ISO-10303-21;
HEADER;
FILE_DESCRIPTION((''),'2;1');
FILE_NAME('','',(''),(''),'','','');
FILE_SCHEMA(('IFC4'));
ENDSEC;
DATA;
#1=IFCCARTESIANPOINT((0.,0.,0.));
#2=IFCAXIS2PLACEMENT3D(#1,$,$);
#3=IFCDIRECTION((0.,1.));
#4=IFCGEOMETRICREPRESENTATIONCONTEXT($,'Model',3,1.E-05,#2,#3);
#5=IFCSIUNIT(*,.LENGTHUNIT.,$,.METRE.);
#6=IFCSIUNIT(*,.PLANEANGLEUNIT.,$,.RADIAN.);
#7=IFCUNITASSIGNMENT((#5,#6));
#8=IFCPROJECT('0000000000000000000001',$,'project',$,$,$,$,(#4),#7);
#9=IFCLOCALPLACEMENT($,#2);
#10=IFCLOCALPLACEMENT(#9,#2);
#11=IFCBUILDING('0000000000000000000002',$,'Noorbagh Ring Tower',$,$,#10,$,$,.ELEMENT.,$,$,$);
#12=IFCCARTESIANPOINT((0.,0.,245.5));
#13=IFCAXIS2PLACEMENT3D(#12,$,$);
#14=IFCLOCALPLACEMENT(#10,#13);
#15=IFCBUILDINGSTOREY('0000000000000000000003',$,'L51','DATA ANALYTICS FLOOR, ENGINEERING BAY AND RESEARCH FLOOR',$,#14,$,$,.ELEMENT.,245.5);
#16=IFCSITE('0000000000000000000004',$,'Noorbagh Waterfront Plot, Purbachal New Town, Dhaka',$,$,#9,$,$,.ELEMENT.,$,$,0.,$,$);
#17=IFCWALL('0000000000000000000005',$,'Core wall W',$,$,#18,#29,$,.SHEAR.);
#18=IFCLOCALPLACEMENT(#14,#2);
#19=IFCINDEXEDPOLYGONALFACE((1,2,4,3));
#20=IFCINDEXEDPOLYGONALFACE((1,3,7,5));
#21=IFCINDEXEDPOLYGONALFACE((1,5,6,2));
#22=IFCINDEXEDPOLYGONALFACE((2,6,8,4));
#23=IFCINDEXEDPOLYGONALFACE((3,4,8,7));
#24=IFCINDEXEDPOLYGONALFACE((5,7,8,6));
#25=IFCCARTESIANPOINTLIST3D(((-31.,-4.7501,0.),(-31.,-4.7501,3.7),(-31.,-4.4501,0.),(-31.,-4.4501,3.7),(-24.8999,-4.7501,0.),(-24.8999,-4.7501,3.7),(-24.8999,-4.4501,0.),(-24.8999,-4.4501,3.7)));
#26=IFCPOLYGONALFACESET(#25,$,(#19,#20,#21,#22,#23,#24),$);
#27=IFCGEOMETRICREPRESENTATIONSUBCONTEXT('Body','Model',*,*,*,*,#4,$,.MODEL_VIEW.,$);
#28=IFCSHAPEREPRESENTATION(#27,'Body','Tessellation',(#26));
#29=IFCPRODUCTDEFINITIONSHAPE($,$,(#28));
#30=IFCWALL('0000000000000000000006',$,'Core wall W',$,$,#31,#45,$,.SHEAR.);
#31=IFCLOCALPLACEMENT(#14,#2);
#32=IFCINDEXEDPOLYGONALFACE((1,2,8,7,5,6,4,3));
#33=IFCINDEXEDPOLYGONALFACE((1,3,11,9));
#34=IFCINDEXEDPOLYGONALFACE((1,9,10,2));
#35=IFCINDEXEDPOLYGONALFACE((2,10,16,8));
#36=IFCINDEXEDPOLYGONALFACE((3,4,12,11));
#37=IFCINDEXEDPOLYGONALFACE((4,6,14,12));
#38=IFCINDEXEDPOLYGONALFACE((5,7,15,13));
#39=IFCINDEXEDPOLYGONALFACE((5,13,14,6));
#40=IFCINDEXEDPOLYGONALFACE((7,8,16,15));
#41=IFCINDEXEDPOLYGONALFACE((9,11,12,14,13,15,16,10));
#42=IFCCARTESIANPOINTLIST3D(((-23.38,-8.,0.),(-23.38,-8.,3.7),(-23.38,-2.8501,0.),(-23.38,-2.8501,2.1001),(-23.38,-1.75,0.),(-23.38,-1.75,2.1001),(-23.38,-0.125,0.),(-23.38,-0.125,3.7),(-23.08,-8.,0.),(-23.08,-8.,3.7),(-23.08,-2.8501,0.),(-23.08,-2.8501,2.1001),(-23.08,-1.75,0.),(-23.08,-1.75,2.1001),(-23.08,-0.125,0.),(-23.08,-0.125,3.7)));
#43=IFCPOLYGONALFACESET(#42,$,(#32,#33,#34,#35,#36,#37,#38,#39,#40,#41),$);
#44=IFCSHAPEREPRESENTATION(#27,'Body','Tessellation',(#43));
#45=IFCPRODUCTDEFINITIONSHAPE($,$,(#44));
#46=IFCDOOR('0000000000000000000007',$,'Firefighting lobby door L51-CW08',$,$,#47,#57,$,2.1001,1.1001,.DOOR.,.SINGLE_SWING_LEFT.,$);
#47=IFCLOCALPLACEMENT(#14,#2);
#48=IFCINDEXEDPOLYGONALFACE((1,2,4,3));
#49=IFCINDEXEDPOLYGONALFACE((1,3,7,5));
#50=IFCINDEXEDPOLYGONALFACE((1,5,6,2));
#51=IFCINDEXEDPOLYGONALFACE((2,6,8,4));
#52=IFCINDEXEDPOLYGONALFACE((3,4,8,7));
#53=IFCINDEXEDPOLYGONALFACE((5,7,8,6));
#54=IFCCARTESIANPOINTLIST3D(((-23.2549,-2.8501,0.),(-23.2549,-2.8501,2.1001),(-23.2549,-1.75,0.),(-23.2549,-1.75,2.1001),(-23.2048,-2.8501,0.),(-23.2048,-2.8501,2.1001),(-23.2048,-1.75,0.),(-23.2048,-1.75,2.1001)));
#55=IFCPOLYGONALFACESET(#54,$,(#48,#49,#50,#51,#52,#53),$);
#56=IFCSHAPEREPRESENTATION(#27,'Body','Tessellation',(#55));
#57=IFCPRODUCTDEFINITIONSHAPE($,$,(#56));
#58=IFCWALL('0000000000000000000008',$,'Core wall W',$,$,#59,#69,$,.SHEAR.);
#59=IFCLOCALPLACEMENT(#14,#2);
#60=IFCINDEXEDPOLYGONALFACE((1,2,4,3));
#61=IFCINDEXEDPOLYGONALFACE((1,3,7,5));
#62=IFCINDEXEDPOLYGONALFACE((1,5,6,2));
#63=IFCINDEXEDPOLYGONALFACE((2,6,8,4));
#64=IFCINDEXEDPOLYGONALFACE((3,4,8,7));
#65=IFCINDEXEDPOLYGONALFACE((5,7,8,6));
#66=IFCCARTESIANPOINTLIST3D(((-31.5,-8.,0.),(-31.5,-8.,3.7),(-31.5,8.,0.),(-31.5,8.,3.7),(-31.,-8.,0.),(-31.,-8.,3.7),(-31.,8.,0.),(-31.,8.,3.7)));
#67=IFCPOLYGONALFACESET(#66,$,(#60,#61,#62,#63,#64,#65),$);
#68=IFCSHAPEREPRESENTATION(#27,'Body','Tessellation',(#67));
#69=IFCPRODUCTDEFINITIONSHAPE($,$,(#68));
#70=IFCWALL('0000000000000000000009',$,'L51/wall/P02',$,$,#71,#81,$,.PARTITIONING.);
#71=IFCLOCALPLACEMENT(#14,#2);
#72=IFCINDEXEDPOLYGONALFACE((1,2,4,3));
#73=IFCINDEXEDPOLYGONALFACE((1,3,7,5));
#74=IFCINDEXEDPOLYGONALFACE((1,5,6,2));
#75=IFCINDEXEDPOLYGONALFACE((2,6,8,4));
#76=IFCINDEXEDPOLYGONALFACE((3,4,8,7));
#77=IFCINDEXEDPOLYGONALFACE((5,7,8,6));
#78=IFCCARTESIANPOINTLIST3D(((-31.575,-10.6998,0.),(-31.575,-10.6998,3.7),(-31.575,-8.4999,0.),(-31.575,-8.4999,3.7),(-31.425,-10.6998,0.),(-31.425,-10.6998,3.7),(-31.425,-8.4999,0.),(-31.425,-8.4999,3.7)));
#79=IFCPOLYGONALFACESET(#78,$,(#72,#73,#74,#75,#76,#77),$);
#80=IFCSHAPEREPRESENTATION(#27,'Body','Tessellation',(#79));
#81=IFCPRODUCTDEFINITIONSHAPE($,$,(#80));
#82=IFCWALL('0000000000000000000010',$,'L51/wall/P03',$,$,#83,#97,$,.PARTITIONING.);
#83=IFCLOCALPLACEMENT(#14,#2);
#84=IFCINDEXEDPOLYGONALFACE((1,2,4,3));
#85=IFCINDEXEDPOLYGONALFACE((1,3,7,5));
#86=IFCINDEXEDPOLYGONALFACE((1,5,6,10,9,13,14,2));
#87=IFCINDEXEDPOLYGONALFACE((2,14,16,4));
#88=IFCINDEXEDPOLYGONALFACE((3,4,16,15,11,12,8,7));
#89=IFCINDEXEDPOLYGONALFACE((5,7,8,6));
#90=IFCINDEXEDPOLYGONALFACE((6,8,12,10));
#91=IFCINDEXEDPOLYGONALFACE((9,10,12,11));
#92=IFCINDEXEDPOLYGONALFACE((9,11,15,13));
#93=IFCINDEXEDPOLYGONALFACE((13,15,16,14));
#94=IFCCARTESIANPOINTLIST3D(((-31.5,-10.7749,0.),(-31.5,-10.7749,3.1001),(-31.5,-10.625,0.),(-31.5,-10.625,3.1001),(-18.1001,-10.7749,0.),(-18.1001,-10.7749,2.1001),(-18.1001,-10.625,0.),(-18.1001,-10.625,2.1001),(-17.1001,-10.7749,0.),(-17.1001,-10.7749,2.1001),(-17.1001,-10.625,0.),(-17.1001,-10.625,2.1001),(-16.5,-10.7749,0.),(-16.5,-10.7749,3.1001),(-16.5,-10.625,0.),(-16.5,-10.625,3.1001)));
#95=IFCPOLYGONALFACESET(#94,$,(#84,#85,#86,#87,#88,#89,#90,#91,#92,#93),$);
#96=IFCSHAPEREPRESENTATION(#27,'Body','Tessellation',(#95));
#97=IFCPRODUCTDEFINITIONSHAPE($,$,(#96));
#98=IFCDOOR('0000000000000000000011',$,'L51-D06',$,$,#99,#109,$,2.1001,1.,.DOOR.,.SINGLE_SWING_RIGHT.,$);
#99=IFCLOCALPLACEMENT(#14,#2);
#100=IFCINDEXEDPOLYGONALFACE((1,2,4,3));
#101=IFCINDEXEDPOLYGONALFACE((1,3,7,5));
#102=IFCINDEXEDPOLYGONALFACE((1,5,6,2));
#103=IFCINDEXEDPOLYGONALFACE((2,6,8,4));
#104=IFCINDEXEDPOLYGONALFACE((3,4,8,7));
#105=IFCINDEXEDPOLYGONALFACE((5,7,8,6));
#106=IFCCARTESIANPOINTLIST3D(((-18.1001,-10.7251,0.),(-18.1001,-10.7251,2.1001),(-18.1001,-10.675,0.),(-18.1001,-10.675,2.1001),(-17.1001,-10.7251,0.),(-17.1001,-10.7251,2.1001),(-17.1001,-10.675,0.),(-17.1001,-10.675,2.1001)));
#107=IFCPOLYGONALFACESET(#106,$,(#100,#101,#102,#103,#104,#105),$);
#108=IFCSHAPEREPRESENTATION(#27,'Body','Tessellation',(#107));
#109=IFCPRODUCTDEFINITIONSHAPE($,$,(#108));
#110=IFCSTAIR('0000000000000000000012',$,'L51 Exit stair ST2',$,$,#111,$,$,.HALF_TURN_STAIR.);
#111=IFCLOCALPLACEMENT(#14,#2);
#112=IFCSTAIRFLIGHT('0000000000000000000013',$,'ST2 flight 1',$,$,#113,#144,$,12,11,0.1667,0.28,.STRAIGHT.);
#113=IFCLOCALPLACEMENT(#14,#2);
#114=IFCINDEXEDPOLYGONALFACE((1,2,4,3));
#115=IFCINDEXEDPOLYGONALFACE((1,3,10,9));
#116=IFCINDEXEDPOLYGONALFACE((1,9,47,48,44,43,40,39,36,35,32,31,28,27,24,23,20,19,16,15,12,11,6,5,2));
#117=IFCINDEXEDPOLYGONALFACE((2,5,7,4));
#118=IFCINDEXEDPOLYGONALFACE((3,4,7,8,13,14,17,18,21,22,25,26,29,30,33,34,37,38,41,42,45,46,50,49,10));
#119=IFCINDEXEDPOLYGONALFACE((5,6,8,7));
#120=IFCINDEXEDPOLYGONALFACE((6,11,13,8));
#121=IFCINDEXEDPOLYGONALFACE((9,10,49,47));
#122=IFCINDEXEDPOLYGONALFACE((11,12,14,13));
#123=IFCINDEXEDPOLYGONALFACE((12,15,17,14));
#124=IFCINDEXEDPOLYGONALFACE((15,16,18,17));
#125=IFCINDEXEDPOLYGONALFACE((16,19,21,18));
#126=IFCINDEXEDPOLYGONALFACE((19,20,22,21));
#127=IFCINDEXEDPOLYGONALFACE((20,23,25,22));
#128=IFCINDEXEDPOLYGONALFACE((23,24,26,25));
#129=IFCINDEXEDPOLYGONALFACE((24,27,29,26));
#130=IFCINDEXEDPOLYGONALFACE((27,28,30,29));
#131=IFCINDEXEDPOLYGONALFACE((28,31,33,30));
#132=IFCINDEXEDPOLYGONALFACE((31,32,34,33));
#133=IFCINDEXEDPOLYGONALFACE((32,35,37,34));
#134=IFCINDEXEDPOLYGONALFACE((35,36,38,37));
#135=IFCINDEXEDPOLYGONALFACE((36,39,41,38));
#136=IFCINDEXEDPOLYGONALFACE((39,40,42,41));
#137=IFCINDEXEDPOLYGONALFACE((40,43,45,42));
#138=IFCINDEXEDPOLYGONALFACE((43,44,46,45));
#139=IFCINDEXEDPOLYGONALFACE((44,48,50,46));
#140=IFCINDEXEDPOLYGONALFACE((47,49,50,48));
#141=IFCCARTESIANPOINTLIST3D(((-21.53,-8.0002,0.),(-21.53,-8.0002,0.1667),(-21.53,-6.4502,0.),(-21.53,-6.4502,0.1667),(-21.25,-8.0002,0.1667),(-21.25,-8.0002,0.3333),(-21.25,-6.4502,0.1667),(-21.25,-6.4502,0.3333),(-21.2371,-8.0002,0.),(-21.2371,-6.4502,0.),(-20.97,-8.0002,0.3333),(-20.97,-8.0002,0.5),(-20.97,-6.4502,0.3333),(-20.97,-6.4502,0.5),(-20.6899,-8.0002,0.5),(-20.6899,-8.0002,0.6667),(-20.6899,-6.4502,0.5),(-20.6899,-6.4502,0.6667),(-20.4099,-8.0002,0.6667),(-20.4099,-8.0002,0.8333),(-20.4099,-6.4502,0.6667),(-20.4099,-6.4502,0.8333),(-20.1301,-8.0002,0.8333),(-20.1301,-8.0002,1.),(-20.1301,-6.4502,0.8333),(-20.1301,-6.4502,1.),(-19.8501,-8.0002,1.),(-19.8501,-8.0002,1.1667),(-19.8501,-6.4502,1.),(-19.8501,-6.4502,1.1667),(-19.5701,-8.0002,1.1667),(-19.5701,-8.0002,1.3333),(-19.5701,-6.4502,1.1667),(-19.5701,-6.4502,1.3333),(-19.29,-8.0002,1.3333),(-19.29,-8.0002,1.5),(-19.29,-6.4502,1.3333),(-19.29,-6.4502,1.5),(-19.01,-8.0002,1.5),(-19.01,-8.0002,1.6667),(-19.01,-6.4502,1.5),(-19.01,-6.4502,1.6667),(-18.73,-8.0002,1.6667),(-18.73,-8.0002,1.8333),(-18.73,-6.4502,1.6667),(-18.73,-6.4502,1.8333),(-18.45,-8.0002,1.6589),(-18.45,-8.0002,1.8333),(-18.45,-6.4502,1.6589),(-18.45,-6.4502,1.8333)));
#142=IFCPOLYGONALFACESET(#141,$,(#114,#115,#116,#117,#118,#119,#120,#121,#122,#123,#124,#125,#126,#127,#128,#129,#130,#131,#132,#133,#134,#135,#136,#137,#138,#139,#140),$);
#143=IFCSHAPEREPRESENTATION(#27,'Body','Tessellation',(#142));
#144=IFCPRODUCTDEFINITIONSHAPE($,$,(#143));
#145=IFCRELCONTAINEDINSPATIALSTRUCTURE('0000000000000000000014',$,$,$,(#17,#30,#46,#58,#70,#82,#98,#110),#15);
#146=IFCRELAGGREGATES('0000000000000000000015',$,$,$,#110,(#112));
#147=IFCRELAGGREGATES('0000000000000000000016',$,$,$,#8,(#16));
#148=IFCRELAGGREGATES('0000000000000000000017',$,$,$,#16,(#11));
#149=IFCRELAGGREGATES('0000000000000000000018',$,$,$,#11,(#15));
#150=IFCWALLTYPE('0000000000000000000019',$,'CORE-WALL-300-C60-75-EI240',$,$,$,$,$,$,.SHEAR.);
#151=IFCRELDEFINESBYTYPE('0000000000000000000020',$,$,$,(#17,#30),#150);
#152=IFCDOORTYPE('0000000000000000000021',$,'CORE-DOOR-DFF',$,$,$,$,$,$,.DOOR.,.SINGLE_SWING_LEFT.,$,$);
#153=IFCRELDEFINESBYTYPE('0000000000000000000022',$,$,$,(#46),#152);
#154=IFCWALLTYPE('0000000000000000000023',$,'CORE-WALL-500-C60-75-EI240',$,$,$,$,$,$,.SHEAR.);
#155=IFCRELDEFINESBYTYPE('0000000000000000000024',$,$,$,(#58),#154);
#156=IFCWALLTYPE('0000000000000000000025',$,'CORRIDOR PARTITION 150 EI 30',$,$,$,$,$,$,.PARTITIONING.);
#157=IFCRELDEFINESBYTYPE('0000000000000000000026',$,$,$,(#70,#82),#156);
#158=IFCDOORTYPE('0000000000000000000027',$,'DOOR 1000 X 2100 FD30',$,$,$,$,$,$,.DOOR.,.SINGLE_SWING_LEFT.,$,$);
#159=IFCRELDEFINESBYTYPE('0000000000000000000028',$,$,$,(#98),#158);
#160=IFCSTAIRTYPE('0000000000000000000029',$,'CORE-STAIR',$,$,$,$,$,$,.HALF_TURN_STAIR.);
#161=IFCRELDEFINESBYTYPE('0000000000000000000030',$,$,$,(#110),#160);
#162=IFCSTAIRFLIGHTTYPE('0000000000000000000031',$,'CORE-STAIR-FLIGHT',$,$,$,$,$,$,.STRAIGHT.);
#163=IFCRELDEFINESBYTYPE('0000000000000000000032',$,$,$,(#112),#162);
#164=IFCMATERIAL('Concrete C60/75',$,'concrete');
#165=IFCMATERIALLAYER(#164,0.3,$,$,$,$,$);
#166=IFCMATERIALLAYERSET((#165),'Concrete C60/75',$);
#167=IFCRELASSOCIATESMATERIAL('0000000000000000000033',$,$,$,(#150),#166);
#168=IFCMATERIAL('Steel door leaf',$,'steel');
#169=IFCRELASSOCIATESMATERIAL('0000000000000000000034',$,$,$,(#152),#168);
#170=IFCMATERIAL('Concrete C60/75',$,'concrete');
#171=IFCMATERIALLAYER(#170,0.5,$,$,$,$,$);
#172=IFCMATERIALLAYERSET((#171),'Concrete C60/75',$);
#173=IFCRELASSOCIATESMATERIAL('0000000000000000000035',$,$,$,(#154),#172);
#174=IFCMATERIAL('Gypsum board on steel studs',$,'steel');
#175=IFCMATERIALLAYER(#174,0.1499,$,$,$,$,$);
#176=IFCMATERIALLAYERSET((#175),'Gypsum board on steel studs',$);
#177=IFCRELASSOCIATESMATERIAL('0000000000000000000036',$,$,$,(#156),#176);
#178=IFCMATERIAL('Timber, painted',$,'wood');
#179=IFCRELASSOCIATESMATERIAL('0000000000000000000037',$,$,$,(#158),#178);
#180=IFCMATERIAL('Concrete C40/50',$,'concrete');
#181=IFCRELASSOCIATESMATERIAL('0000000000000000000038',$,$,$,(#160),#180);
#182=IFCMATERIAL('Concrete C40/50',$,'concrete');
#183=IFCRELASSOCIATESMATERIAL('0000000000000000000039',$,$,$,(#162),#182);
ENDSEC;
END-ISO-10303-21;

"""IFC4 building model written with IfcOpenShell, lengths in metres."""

from ifc_helpers import new_model, si_unit, direction, frame, frame_2d, origin, place, context, subcontext, project, spatial, polyline, rectangle, outline, extrude, material, layer, layer_set, type_object, element, fill, aggregate, save


model = new_model("IFC4")

# Units and contexts
model_context = context("Model", 3, precision=1e-05, world=origin(), true_north=direction((0.0, 1.0)))
body_context = subcontext(model_context, "Body", "Model", "MODEL_VIEW")
ifc_project = project(units=[si_unit("LENGTHUNIT", "METRE"), si_unit("PLANEANGLEUNIT", "RADIAN")], contexts=[model_context])

# Site, building, storey
site_placement = place(None, origin())
site = spatial("IfcSite", under=ifc_project, at=site_placement, Name="Noorbagh Waterfront Plot, Purbachal New Town, Dhaka", CompositionType="ELEMENT", RefElevation=0.0)
building_placement = place(site_placement, origin())
building = spatial("IfcBuilding", under=site, at=building_placement, Name="Noorbagh Ring Tower", CompositionType="ELEMENT")
storey_placement = place(building_placement, frame((0.0, 0.0, 245.5)))
storey = spatial("IfcBuildingStorey", under=building, at=storey_placement, Name="L51", Description="DATA ANALYTICS FLOOR, ENGINEERING BAY AND RESEARCH FLOOR", CompositionType="ELEMENT", Elevation=245.5)

# Wall
ifc_material_1 = material(Name="Concrete C60/75", Category="concrete")
ifc_layer_1 = layer(ifc_material_1, 0.3)
ifc_layer_set_1 = layer_set([ifc_layer_1], Name="Concrete C60/75")
wall_type_1 = type_object("IfcWallType", Name="CORE-WALL-300-C60-75-EI240", PredefinedType="SHEAR", material=ifc_layer_set_1)
wall_1_placement = place(storey_placement, frame((-24.8999, -4.6001, 0.0), z_axis=(0.0, 0.0, 1.0), x_axis=(-1.0, 0.0, 0.0)))
element("IfcWall", 1, at=wall_1_placement, inside=storey, type_object=wall_type_1, Name="Core wall W", PredefinedType="SHEAR", context=body_context, shape_type="SweptSolid", body=[
    extrude(rectangle(XDim=6.1001, YDim=0.3, at=frame_2d((3.05, 0.0))), origin(), (0.0, 0.0, 1.0), 3.7),
])

# Wall, opening, door
wall_2_placement = place(storey_placement, frame((-23.23, -8.0, 0.0), z_axis=(0.0, 0.0, 1.0), x_axis=(0.0, 1.0, 0.0)))
wall_2 = element("IfcWall", 2, at=wall_2_placement, inside=storey, type_object=wall_type_1, Name="Core wall W", PredefinedType="SHEAR", context=body_context, shape_type="SweptSolid", body=[
    extrude(rectangle(XDim=7.875, YDim=0.3, at=frame_2d((3.9375, 0.0))), origin(), (0.0, 0.0, 1.0), 3.7),
])
opening_1_placement = place(wall_2_placement, frame((5.1499, 0.0, 0.0)))
opening_1 = element("IfcOpeningElement", 3, at=opening_1_placement, cuts=wall_2, PredefinedType="OPENING", context=body_context, shape_type="SweptSolid", body=[
    extrude(rectangle(XDim=1.1001, YDim=2.1001, at=frame_2d((0.55, 1.05))), frame((0.0, 0.1602, 0.0), z_axis=(0.0, -1.0, 0.0), x_axis=(1.0, 0.0, 0.0)), (0.0, 0.0, 1.0), 0.3201),
])
ifc_material_2 = material(Name="Steel door leaf", Category="steel")
door_type_1 = type_object("IfcDoorType", Name="CORE-DOOR-DFF", OperationType="SINGLE_SWING_LEFT", PredefinedType="DOOR", material=ifc_material_2)
door_1_placement = place(opening_1_placement, origin())
door_1 = element("IfcDoor", 4, at=door_1_placement, inside=storey, type_object=door_type_1, Name="Firefighting lobby door L51-CW08", OperationType="SINGLE_SWING_LEFT", OverallHeight=2.1001, OverallWidth=1.1001, PredefinedType="DOOR", context=body_context, shape_type="SweptSolid", body=[
    extrude(rectangle(XDim=1.1001, YDim=2.1001, at=frame_2d((0.55, 1.05))), frame((0.0, 0.0249, 0.0), z_axis=(0.0, -1.0, 0.0), x_axis=(1.0, 0.0, 0.0)), (0.0, 0.0, 1.0), 0.05),
])
fill(opening_1, door_1)

# Walls
ifc_material_3 = material(Name="Concrete C60/75", Category="concrete")
ifc_layer_2 = layer(ifc_material_3, 0.5)
ifc_layer_set_2 = layer_set([ifc_layer_2], Name="Concrete C60/75")
wall_type_2 = type_object("IfcWallType", Name="CORE-WALL-500-C60-75-EI240", PredefinedType="SHEAR", material=ifc_layer_set_2)
wall_3_placement = place(storey_placement, frame((-31.25, -8.0, 0.0), z_axis=(0.0, 0.0, 1.0), x_axis=(0.0, 1.0, 0.0)))
element("IfcWall", 5, at=wall_3_placement, inside=storey, type_object=wall_type_2, Name="Core wall W", PredefinedType="SHEAR", context=body_context, shape_type="SweptSolid", body=[
    extrude(rectangle(XDim=16.0, YDim=0.5, at=frame_2d((8.0, 0.0))), origin(), (0.0, 0.0, 1.0), 3.7),
])
ifc_material_4 = material(Name="Gypsum board on steel studs", Category="steel")
ifc_layer_3 = layer(ifc_material_4, 0.1499)
ifc_layer_set_3 = layer_set([ifc_layer_3], Name="Gypsum board on steel studs")
wall_type_3 = type_object("IfcWallType", Name="CORRIDOR PARTITION 150 EI 30", PredefinedType="PARTITIONING", material=ifc_layer_set_3)
wall_4_placement = place(storey_placement, frame((-31.5, -10.7, 0.0), z_axis=(0.0, 0.0, 1.0), x_axis=(0.0, 1.0, 0.0)))
element("IfcWall", 6, at=wall_4_placement, inside=storey, type_object=wall_type_3, Name="L51/wall/P02", PredefinedType="PARTITIONING", context=body_context, shape_type="SweptSolid", body=[
    extrude(rectangle(XDim=2.2, YDim=0.1499, at=frame_2d((1.1001, 0.0))), origin(), (0.0, 0.0, 1.0), 3.7),
])

# Wall, opening, door
wall_5_placement = place(storey_placement, frame((-31.5, -10.7, 0.0), z_axis=(0.0, 0.0, 1.0), x_axis=(1.0, 0.0, 0.0)))
wall_5 = element("IfcWall", 7, at=wall_5_placement, inside=storey, type_object=wall_type_3, Name="L51/wall/P03", PredefinedType="PARTITIONING", context=body_context, shape_type="SweptSolid", body=[
    extrude(rectangle(XDim=15.0, YDim=0.1499, at=frame_2d((7.5, 0.0))), origin(), (0.0, 0.0, 1.0), 3.1001),
])
opening_2_placement = place(wall_5_placement, frame((13.3999, 0.0, 0.0)))
opening_2 = element("IfcOpeningElement", 8, at=opening_2_placement, cuts=wall_5, PredefinedType="OPENING", context=body_context, shape_type="SweptSolid", body=[
    extrude(rectangle(XDim=1.0, YDim=2.1001, at=frame_2d((0.5, 1.05))), frame((0.0, 0.085, 0.0), z_axis=(0.0, -1.0, 0.0), x_axis=(1.0, 0.0, 0.0)), (0.0, 0.0, 1.0), 0.1699),
])
ifc_material_5 = material(Name="Timber, painted", Category="wood")
door_type_2 = type_object("IfcDoorType", Name="DOOR 1000 X 2100 FD30", OperationType="SINGLE_SWING_LEFT", PredefinedType="DOOR", material=ifc_material_5)
door_2_placement = place(opening_2_placement, origin())
door_2 = element("IfcDoor", 9, at=door_2_placement, inside=storey, type_object=door_type_2, Name="L51-D06", OperationType="SINGLE_SWING_RIGHT", OverallHeight=2.1001, OverallWidth=1.0, PredefinedType="DOOR", context=body_context, shape_type="SweptSolid", body=[
    extrude(rectangle(XDim=1.0, YDim=2.1001, at=frame_2d((0.5, 1.05))), frame((0.0, 0.0249, 0.0), z_axis=(0.0, -1.0, 0.0), x_axis=(1.0, 0.0, 0.0)), (0.0, 0.0, 1.0), 0.05),
])
fill(opening_2, door_2)

# Stair, stair flight
ifc_material_6 = material(Name="Concrete C40/50", Category="concrete")
stair_type = type_object("IfcStairType", Name="CORE-STAIR", PredefinedType="HALF_TURN_STAIR", material=ifc_material_6)
stair_placement = place(storey_placement, origin())
stair = element("IfcStair", 10, at=stair_placement, inside=storey, type_object=stair_type, Name="L51 Exit stair ST2", PredefinedType="HALF_TURN_STAIR")
ifc_material_7 = material(Name="Concrete C40/50", Category="concrete")
stair_flight_type = type_object("IfcStairFlightType", Name="CORE-STAIR-FLIGHT", PredefinedType="STRAIGHT", material=ifc_material_7)
stair_flight_1_placement = place(storey_placement, frame((-21.53, -7.2251, 0.0), z_axis=(0.0, 0.0, 1.0), x_axis=(1.0, 0.0, 0.0)))
stair_flight_1 = element("IfcStairFlight", 11, at=stair_flight_1_placement, type_object=stair_flight_type, Name="ST2 flight 1", NumberOfRisers=12, NumberOfTreads=11, PredefinedType="STRAIGHT", RiserHeight=0.1667, TreadLength=0.28, context=body_context, shape_type="SweptSolid", body=[
    extrude(outline(polyline([(0.0, 0.0), (0.0, 0.1667), (0.28, 0.1667), (0.28, 0.3333), (0.5601, 0.3333), (0.5601, 0.5), (0.8401, 0.5), (0.8401, 0.6667), (1.1201, 0.6667), (1.1201, 0.8333), (1.3999, 0.8333), (1.3999, 1.0), (1.6799, 1.0), (1.6799, 1.1667), (1.96, 1.1667), (1.96, 1.3333), (2.24, 1.3333), (2.24, 1.5), (2.52, 1.5), (2.52, 1.6667), (2.8, 1.6667), (2.8, 1.8333), (3.0801, 1.8333), (3.0801, 2.0), (3.0801, 1.6589), (0.293, 0.0), (0.0, 0.0)])), frame((0.0, 0.7749, 0.0), z_axis=(0.0, -1.0, 0.0), x_axis=(1.0, 0.0, 0.0)), (0.0, 0.0, 1.0), 1.55),
])
aggregate(stair, [stair_flight_1])

save(model, "model.ifc")
